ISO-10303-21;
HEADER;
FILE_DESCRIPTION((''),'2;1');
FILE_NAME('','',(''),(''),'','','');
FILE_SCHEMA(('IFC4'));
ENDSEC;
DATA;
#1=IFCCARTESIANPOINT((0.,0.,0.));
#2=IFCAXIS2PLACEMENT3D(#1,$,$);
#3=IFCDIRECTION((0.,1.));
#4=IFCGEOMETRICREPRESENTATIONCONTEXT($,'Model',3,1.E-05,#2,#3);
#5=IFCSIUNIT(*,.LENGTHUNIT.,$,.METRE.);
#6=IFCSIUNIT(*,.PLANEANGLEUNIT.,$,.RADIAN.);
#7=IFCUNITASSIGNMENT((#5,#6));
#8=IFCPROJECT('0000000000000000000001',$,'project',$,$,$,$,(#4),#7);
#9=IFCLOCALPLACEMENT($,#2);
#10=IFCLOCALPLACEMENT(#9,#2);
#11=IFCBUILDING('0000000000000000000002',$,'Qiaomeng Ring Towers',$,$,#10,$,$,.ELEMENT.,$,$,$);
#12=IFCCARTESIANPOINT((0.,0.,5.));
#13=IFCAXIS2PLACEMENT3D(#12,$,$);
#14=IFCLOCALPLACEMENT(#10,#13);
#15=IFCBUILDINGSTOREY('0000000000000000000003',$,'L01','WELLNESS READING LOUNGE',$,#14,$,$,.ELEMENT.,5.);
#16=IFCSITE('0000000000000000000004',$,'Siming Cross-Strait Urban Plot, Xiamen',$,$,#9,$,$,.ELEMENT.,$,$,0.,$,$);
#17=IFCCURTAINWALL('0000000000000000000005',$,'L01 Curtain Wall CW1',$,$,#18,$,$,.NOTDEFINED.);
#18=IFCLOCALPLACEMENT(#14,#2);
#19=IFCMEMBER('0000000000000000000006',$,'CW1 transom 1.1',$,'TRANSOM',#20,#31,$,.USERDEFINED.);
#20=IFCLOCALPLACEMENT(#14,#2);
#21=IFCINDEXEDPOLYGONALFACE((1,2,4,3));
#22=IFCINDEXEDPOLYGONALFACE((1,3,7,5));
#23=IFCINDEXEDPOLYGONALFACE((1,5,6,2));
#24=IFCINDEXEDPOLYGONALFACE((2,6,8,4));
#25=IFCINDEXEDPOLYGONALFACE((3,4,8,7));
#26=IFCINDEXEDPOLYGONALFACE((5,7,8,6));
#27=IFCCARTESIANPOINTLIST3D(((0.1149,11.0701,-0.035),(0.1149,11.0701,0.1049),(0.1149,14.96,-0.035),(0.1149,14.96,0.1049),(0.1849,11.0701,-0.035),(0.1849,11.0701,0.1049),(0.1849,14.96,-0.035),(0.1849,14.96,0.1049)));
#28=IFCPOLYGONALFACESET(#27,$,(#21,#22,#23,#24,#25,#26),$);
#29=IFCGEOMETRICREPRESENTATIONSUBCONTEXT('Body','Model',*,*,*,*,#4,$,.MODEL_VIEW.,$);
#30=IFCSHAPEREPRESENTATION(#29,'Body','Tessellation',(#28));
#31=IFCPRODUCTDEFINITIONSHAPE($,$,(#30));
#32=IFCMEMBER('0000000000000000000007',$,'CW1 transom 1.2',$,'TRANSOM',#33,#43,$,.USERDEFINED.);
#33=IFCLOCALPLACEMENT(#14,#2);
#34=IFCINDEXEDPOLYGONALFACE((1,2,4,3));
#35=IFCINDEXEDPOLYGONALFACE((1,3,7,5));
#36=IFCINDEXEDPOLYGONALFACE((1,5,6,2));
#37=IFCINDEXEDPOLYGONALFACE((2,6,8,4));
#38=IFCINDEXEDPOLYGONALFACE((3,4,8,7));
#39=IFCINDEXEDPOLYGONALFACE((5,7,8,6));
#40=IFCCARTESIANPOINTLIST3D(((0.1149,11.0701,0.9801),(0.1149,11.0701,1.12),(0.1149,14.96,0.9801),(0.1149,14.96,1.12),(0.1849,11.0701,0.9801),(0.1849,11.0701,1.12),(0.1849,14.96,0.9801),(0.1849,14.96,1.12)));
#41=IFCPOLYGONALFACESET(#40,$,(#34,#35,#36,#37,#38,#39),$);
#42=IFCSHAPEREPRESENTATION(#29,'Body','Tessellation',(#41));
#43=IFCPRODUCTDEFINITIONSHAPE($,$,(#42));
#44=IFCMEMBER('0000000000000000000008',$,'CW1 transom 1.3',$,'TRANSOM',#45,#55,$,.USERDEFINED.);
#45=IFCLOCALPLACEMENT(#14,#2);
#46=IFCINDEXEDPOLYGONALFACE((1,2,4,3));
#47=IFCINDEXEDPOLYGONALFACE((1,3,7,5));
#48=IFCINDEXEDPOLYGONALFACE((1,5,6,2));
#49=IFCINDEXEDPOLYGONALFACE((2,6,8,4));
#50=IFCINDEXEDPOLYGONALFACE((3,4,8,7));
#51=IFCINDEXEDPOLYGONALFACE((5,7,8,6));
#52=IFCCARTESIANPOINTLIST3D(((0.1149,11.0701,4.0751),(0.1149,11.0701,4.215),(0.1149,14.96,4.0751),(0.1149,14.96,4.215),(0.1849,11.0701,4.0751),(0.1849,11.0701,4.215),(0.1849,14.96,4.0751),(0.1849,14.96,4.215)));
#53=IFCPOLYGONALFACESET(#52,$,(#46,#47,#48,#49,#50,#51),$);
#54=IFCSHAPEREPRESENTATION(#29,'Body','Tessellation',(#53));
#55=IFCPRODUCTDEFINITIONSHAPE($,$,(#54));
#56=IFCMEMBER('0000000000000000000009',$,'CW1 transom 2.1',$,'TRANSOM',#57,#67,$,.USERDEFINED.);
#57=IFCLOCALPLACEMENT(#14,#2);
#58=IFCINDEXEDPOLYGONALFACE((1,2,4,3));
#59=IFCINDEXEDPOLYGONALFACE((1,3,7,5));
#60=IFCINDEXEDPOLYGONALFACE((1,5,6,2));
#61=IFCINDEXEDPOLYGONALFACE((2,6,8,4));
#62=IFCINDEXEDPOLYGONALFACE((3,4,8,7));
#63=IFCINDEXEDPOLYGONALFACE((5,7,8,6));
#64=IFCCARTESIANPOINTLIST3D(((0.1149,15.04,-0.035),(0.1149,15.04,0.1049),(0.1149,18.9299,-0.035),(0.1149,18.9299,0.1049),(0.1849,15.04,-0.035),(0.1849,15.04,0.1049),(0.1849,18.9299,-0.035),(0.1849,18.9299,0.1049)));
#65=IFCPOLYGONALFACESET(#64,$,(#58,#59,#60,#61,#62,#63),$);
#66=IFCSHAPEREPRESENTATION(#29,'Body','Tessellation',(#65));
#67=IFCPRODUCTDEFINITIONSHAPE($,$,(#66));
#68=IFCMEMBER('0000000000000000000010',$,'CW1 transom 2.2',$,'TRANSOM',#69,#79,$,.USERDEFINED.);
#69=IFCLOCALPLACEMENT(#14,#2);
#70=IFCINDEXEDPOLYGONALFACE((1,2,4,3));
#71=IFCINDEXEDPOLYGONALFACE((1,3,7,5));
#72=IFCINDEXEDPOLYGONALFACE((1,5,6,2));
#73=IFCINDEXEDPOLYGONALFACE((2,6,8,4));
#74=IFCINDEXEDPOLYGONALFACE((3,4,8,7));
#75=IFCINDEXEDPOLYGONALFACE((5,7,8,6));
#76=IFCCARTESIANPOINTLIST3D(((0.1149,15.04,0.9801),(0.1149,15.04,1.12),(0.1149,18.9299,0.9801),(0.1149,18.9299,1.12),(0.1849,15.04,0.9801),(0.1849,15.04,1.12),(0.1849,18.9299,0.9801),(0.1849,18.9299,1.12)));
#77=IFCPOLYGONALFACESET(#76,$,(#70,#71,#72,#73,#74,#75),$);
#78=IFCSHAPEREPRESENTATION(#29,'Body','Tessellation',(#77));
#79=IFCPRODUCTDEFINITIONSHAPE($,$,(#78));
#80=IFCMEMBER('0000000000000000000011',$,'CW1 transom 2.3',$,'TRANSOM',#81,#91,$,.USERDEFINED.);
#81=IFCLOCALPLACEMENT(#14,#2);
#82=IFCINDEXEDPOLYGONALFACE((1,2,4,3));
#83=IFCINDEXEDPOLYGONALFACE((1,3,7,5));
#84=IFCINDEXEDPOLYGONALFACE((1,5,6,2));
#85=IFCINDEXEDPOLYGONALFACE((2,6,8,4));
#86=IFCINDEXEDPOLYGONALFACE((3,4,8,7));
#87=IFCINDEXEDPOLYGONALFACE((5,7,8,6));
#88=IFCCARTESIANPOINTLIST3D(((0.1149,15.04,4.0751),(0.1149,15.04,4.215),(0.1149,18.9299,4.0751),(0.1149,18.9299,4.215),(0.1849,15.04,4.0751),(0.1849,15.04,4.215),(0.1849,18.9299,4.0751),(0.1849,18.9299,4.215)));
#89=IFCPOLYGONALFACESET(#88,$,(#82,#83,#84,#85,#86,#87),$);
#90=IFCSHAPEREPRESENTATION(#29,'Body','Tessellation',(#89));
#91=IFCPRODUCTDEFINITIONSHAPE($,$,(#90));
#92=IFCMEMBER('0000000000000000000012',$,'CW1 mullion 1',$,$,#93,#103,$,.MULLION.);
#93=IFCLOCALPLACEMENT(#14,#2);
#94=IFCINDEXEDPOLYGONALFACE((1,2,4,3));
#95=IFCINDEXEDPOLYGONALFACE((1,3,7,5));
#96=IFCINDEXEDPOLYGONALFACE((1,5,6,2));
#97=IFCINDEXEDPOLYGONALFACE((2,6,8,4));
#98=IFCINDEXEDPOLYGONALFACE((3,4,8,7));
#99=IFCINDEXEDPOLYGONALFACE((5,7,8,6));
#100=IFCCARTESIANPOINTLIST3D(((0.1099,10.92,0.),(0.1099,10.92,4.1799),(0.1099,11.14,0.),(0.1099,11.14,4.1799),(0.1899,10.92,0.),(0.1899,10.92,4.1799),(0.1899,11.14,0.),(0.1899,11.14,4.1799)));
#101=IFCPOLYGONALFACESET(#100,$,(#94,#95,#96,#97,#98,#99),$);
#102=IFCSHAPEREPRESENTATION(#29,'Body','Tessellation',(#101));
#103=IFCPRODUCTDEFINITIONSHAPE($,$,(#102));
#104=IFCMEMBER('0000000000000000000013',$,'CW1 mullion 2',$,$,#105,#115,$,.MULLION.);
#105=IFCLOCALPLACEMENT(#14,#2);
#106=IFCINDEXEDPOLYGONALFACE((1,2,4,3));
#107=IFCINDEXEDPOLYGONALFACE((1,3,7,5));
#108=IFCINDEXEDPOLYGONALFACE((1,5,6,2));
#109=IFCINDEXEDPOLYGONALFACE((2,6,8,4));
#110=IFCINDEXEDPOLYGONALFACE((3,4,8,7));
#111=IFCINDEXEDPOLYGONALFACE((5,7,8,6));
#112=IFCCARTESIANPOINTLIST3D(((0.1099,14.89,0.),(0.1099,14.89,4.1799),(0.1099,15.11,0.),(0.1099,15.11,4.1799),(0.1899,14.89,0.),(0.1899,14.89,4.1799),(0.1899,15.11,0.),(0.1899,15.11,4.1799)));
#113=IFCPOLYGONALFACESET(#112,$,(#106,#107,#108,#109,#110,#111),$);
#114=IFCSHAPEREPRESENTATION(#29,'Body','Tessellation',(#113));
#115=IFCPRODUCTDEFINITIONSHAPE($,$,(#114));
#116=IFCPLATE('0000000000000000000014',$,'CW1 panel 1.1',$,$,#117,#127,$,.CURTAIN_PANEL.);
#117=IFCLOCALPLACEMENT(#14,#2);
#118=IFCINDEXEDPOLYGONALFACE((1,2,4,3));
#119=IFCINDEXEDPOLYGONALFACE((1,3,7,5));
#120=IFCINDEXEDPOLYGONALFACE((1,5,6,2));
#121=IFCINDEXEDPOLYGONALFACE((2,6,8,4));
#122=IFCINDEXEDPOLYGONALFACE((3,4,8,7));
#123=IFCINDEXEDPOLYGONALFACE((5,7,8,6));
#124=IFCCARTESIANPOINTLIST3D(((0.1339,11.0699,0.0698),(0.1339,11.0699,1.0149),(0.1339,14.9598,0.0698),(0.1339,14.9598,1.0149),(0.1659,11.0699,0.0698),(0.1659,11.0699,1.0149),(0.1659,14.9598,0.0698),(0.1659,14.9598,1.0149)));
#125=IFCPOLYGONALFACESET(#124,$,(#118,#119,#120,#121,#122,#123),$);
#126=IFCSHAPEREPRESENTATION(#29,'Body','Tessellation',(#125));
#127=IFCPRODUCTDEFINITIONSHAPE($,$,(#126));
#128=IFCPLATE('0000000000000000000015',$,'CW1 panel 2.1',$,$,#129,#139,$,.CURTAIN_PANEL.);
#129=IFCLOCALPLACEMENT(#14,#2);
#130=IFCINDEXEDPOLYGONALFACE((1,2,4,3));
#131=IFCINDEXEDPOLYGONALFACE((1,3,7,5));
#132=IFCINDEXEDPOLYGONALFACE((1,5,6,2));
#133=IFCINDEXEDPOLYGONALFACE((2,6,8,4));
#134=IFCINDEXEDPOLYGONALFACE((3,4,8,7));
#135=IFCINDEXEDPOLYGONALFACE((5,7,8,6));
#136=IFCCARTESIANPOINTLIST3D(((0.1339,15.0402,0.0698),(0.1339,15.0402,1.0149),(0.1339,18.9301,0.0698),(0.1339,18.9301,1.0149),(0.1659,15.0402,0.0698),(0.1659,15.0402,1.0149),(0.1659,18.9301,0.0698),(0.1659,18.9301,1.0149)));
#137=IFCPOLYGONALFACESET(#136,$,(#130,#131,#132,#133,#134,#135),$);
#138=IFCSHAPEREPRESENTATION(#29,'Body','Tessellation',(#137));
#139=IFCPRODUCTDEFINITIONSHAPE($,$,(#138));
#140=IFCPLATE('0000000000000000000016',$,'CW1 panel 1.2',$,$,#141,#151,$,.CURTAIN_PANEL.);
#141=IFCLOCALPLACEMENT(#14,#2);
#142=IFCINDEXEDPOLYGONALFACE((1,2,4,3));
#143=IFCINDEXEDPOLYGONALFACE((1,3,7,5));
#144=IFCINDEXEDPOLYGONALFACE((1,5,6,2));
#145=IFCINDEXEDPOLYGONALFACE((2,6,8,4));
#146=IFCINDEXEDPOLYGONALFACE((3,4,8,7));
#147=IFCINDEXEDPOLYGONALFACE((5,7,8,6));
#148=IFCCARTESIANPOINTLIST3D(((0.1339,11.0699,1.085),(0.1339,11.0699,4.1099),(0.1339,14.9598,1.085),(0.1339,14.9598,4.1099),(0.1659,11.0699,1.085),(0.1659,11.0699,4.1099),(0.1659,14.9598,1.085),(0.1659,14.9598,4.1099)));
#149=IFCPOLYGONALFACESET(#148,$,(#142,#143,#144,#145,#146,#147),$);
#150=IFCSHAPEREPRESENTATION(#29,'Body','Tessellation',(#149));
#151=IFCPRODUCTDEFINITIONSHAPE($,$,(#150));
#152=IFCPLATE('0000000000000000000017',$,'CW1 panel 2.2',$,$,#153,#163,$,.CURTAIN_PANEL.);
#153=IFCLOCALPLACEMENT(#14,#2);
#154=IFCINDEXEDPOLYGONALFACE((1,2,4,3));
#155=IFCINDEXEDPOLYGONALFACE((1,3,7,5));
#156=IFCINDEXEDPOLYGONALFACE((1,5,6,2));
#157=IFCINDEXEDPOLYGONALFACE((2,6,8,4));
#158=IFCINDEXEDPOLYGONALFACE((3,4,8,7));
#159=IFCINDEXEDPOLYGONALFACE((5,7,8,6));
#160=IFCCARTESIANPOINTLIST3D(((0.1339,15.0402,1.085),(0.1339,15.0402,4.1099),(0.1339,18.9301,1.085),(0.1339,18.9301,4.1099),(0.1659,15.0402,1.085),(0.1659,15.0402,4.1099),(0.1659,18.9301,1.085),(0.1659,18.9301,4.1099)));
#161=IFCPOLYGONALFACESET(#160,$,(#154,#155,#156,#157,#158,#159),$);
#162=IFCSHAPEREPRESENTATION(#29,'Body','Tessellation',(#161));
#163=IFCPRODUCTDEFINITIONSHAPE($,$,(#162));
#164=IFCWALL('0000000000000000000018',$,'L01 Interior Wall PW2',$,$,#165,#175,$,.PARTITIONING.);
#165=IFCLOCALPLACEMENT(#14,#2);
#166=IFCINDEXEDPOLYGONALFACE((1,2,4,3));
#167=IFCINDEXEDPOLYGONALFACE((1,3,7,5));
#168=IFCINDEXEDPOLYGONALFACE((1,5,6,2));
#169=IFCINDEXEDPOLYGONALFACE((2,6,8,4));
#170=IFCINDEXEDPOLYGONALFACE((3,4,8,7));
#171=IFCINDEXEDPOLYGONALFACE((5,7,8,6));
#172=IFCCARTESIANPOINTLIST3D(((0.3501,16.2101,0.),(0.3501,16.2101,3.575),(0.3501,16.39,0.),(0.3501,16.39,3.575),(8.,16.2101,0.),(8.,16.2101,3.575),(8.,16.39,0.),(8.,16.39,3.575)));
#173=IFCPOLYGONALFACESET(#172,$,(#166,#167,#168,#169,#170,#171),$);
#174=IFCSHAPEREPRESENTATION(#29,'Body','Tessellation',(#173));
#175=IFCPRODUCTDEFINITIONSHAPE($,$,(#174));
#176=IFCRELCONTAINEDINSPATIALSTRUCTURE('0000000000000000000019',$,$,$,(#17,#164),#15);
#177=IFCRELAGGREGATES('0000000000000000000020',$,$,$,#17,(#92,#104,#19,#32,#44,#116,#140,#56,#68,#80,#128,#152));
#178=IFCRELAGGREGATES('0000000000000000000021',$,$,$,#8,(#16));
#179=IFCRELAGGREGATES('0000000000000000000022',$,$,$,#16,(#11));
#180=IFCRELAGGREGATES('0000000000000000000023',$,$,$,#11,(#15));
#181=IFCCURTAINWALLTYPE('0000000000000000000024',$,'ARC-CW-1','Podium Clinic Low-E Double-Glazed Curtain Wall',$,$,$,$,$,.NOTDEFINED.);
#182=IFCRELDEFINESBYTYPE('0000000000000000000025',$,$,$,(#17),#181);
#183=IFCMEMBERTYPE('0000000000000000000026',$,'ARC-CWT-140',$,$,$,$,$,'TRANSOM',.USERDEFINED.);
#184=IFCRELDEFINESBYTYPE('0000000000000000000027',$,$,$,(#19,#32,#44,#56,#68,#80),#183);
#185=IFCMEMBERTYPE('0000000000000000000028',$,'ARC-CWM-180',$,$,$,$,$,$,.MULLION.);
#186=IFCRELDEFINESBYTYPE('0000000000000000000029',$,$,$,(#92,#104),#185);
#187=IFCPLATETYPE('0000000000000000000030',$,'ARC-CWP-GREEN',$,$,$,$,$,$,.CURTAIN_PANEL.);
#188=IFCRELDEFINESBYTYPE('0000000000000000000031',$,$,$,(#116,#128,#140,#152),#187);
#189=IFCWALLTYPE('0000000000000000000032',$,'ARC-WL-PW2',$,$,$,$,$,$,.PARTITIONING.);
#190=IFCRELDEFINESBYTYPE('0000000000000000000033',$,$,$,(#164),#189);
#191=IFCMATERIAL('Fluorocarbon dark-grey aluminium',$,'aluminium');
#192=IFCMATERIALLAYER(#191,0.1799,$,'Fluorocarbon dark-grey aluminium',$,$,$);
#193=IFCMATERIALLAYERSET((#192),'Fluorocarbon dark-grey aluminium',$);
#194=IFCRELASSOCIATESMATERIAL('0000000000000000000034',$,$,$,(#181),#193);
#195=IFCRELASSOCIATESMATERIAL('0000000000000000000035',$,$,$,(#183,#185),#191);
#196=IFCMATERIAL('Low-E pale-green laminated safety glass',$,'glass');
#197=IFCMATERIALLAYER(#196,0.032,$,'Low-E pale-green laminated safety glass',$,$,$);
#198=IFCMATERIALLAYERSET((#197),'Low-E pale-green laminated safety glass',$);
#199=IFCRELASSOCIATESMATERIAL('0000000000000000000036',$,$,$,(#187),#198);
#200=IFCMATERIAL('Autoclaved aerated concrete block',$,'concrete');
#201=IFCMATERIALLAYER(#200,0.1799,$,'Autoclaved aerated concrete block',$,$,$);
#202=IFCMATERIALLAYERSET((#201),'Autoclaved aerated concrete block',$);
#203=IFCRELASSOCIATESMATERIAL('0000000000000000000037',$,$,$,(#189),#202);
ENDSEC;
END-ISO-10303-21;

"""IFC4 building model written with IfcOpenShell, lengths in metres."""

from ifc_helpers import new_model, si_unit, direction, frame, frame_2d, origin, origin_2d, place, context, subcontext, project, spatial, rectangle, extrude, source, transform, mapped, material, layer, layer_set, material_profile, profile_set, type_object, element, aggregate, save


model = new_model("IFC4")

# Units and contexts
model_context = context("Model", 3, precision=1e-05, world=origin(), true_north=direction((0.0, 1.0)))
body_context = subcontext(model_context, "Body", "Model", "MODEL_VIEW")
ifc_project = project(units=[si_unit("LENGTHUNIT", "METRE"), si_unit("PLANEANGLEUNIT", "RADIAN")], contexts=[model_context])

# Site, building, storey
site_placement = place(None, origin())
site = spatial("IfcSite", under=ifc_project, at=site_placement, Name="Siming Cross-Strait Urban Plot, Xiamen", CompositionType="ELEMENT", RefElevation=0.0)
building_placement = place(site_placement, origin())
building = spatial("IfcBuilding", under=site, at=building_placement, Name="Qiaomeng Ring Towers", CompositionType="ELEMENT")
storey_placement = place(building_placement, frame((0.0, 0.0, 5.0)))
storey = spatial("IfcBuildingStorey", under=building, at=storey_placement, Name="L01", Description="WELLNESS READING LOUNGE", CompositionType="ELEMENT", Elevation=5.0)

# Curtain wall, members, plates
ifc_material_1 = material(Name="Fluorocarbon dark-grey aluminium", Category="aluminium")
ifc_layer_1 = layer(ifc_material_1, 0.1799, Name="Fluorocarbon dark-grey aluminium")
ifc_layer_set_1 = layer_set([ifc_layer_1], Name="Fluorocarbon dark-grey aluminium")
curtain_wall_type = type_object("IfcCurtainWallType", Name="ARC-CW-1", Description="Podium Clinic Low-E Double-Glazed Curtain Wall", PredefinedType="NOTDEFINED", material=ifc_layer_set_1)
curtain_wall_placement = place(storey_placement, origin())
curtain_wall = element("IfcCurtainWall", 1, at=curtain_wall_placement, inside=storey, type_object=curtain_wall_type, Name="L01 Curtain Wall CW1", PredefinedType="NOTDEFINED")
ifc_material_profile_1 = material_profile(ifc_material_1, rectangle(XDim=0.0701, YDim=0.1399, at=origin_2d()), Name="ALU TRAN 70x140")
ifc_profile_set_1 = profile_set([ifc_material_profile_1], Name="Fluorocarbon dark-grey aluminium")
member_type_1 = type_object("IfcMemberType", Name="ARC-CWT-140", ElementType="TRANSOM", PredefinedType="USERDEFINED", material=ifc_profile_set_1)
shared_shape_1 = source(origin(), body_context, "Body", "SweptSolid", [
    extrude(rectangle(XDim=0.0701, YDim=0.1399, at=origin_2d()), origin(), (0.0, 0.0, 1.0), 3.8899),
])
member_1_placement = place(storey_placement, frame((0.1499, 11.0701, 0.0349), z_axis=(0.0, 1.0, 0.0), x_axis=(-1.0, 0.0, 0.0)))
member_1 = element("IfcMember", 2, at=member_1_placement, type_object=member_type_1, Name="CW1 transom 1.1", ObjectType="TRANSOM", PredefinedType="USERDEFINED", context=body_context, shape_type="MappedRepresentation", body=[
    mapped(shared_shape_1, transform((0.0, 0.0, 0.0), x_axis=(1.0, 0.0, 0.0), y_axis=(0.0, 1.0, 0.0), z_axis=(0.0, 0.0, 1.0), scale=1.0)),
])
member_2_placement = place(storey_placement, frame((0.1499, 11.0701, 1.05), z_axis=(0.0, 1.0, 0.0), x_axis=(-1.0, 0.0, 0.0)))
member_2 = element("IfcMember", 3, at=member_2_placement, type_object=member_type_1, Name="CW1 transom 1.2", ObjectType="TRANSOM", PredefinedType="USERDEFINED", context=body_context, shape_type="MappedRepresentation", body=[
    mapped(shared_shape_1, transform((0.0, 0.0, 0.0), x_axis=(1.0, 0.0, 0.0), y_axis=(0.0, 1.0, 0.0), z_axis=(0.0, 0.0, 1.0), scale=1.0)),
])
member_3_placement = place(storey_placement, frame((0.1499, 11.0701, 4.145), z_axis=(0.0, 1.0, 0.0), x_axis=(-1.0, 0.0, 0.0)))
member_3 = element("IfcMember", 4, at=member_3_placement, type_object=member_type_1, Name="CW1 transom 1.3", ObjectType="TRANSOM", PredefinedType="USERDEFINED", context=body_context, shape_type="MappedRepresentation", body=[
    mapped(shared_shape_1, transform((0.0, 0.0, 0.0), x_axis=(1.0, 0.0, 0.0), y_axis=(0.0, 1.0, 0.0), z_axis=(0.0, 0.0, 1.0), scale=1.0)),
])
member_4_placement = place(storey_placement, frame((0.1499, 15.04, 0.0349), z_axis=(0.0, 1.0, 0.0), x_axis=(-1.0, 0.0, 0.0)))
member_4 = element("IfcMember", 5, at=member_4_placement, type_object=member_type_1, Name="CW1 transom 2.1", ObjectType="TRANSOM", PredefinedType="USERDEFINED", context=body_context, shape_type="MappedRepresentation", body=[
    mapped(shared_shape_1, transform((0.0, 0.0, 0.0), x_axis=(1.0, 0.0, 0.0), y_axis=(0.0, 1.0, 0.0), z_axis=(0.0, 0.0, 1.0), scale=1.0)),
])
member_5_placement = place(storey_placement, frame((0.1499, 15.04, 1.05), z_axis=(0.0, 1.0, 0.0), x_axis=(-1.0, 0.0, 0.0)))
member_5 = element("IfcMember", 6, at=member_5_placement, type_object=member_type_1, Name="CW1 transom 2.2", ObjectType="TRANSOM", PredefinedType="USERDEFINED", context=body_context, shape_type="MappedRepresentation", body=[
    mapped(shared_shape_1, transform((0.0, 0.0, 0.0), x_axis=(1.0, 0.0, 0.0), y_axis=(0.0, 1.0, 0.0), z_axis=(0.0, 0.0, 1.0), scale=1.0)),
])
member_6_placement = place(storey_placement, frame((0.1499, 15.04, 4.145), z_axis=(0.0, 1.0, 0.0), x_axis=(-1.0, 0.0, 0.0)))
member_6 = element("IfcMember", 7, at=member_6_placement, type_object=member_type_1, Name="CW1 transom 2.3", ObjectType="TRANSOM", PredefinedType="USERDEFINED", context=body_context, shape_type="MappedRepresentation", body=[
    mapped(shared_shape_1, transform((0.0, 0.0, 0.0), x_axis=(1.0, 0.0, 0.0), y_axis=(0.0, 1.0, 0.0), z_axis=(0.0, 0.0, 1.0), scale=1.0)),
])
ifc_material_profile_2 = material_profile(ifc_material_1, rectangle(XDim=0.0801, YDim=0.22, at=origin_2d()), Name="ALU MULL 80x220")
ifc_profile_set_2 = profile_set([ifc_material_profile_2], Name="Fluorocarbon dark-grey aluminium")
member_type_2 = type_object("IfcMemberType", Name="ARC-CWM-180", PredefinedType="MULLION", material=ifc_profile_set_2)
shared_shape_2 = source(origin(), body_context, "Body", "SweptSolid", [
    extrude(rectangle(XDim=0.0801, YDim=0.22, at=origin_2d()), origin(), (0.0, 0.0, 1.0), 4.1799),
])
member_7_placement = place(storey_placement, frame((0.1499, 11.03, 0.0), z_axis=(0.0, 0.0, 1.0), x_axis=(-1.0, 0.0, 0.0)))
member_7 = element("IfcMember", 8, at=member_7_placement, type_object=member_type_2, Name="CW1 mullion 1", PredefinedType="MULLION", context=body_context, shape_type="MappedRepresentation", body=[
    mapped(shared_shape_2, transform((0.0, 0.0, 0.0), x_axis=(1.0, 0.0, 0.0), y_axis=(0.0, 1.0, 0.0), z_axis=(0.0, 0.0, 1.0), scale=1.0)),
])
member_8_placement = place(storey_placement, frame((0.1499, 15.0, 0.0), z_axis=(0.0, 0.0, 1.0), x_axis=(-1.0, 0.0, 0.0)))
member_8 = element("IfcMember", 9, at=member_8_placement, type_object=member_type_2, Name="CW1 mullion 2", PredefinedType="MULLION", context=body_context, shape_type="MappedRepresentation", body=[
    mapped(shared_shape_2, transform((0.0, 0.0, 0.0), x_axis=(1.0, 0.0, 0.0), y_axis=(0.0, 1.0, 0.0), z_axis=(0.0, 0.0, 1.0), scale=1.0)),
])
ifc_material_2 = material(Name="Low-E pale-green laminated safety glass", Category="glass")
ifc_layer_2 = layer(ifc_material_2, 0.032, Name="Low-E pale-green laminated safety glass")
ifc_layer_set_2 = layer_set([ifc_layer_2], Name="Low-E pale-green laminated safety glass")
plate_type = type_object("IfcPlateType", Name="ARC-CWP-GREEN", PredefinedType="CURTAIN_PANEL", material=ifc_layer_set_2)
shared_shape_3 = source(origin(), body_context, "Body", "SweptSolid", [
    extrude(rectangle(XDim=3.8899, YDim=0.032, at=origin_2d()), origin(), (0.0, 0.0, 1.0), 0.9451),
])
plate_1_placement = place(storey_placement, frame((0.1499, 13.0149, 0.0698), z_axis=(0.0, 0.0, 1.0), x_axis=(0.0, 1.0, 0.0)))
plate_1 = element("IfcPlate", 10, at=plate_1_placement, type_object=plate_type, Name="CW1 panel 1.1", PredefinedType="CURTAIN_PANEL", context=body_context, shape_type="MappedRepresentation", body=[
    mapped(shared_shape_3, transform((0.0, 0.0, 0.0), x_axis=(1.0, 0.0, 0.0), y_axis=(0.0, 1.0, 0.0), z_axis=(0.0, 0.0, 1.0), scale=1.0)),
])
plate_2_placement = place(storey_placement, frame((0.1499, 16.9851, 0.0698), z_axis=(0.0, 0.0, 1.0), x_axis=(0.0, 1.0, 0.0)))
plate_2 = element("IfcPlate", 11, at=plate_2_placement, type_object=plate_type, Name="CW1 panel 2.1", PredefinedType="CURTAIN_PANEL", context=body_context, shape_type="MappedRepresentation", body=[
    mapped(shared_shape_3, transform((0.0, 0.0, 0.0), x_axis=(1.0, 0.0, 0.0), y_axis=(0.0, 1.0, 0.0), z_axis=(0.0, 0.0, 1.0), scale=1.0)),
])
shared_shape_4 = source(origin(), body_context, "Body", "SweptSolid", [
    extrude(rectangle(XDim=3.8899, YDim=0.032, at=origin_2d()), origin(), (0.0, 0.0, 1.0), 3.0249),
])
plate_3_placement = place(storey_placement, frame((0.1499, 13.0149, 1.085), z_axis=(0.0, 0.0, 1.0), x_axis=(0.0, 1.0, 0.0)))
plate_3 = element("IfcPlate", 12, at=plate_3_placement, type_object=plate_type, Name="CW1 panel 1.2", PredefinedType="CURTAIN_PANEL", context=body_context, shape_type="MappedRepresentation", body=[
    mapped(shared_shape_4, transform((0.0, 0.0, 0.0), x_axis=(1.0, 0.0, 0.0), y_axis=(0.0, 1.0, 0.0), z_axis=(0.0, 0.0, 1.0), scale=1.0)),
])
plate_4_placement = place(storey_placement, frame((0.1499, 16.9851, 1.085), z_axis=(0.0, 0.0, 1.0), x_axis=(0.0, 1.0, 0.0)))
plate_4 = element("IfcPlate", 13, at=plate_4_placement, type_object=plate_type, Name="CW1 panel 2.2", PredefinedType="CURTAIN_PANEL", context=body_context, shape_type="MappedRepresentation", body=[
    mapped(shared_shape_4, transform((0.0, 0.0, 0.0), x_axis=(1.0, 0.0, 0.0), y_axis=(0.0, 1.0, 0.0), z_axis=(0.0, 0.0, 1.0), scale=1.0)),
])
aggregate(curtain_wall, [member_7, member_8, member_1, member_2, member_3, plate_1, plate_3, member_4, member_5, member_6, plate_2, plate_4])

# Wall
ifc_material_3 = material(Name="Autoclaved aerated concrete block", Category="concrete")
ifc_layer_3 = layer(ifc_material_3, 0.1799, Name="Autoclaved aerated concrete block")
ifc_layer_set_3 = layer_set([ifc_layer_3], Name="Autoclaved aerated concrete block")
wall_type = type_object("IfcWallType", Name="ARC-WL-PW2", PredefinedType="PARTITIONING", material=ifc_layer_set_3)
wall_1_placement = place(storey_placement, frame((0.3501, 16.3, 0.0), z_axis=(0.0, 0.0, 1.0), x_axis=(1.0, 0.0, 0.0)))
element("IfcWall", 14, at=wall_1_placement, inside=storey, type_object=wall_type, Name="L01 Interior Wall PW2", PredefinedType="PARTITIONING", context=body_context, shape_type="SweptSolid", body=[
    extrude(rectangle(XDim=7.6499, YDim=0.1799, at=frame_2d((3.825, 0.0))), origin(), (0.0, 0.0, 1.0), 3.575),
])

save(model, "model.ifc")
